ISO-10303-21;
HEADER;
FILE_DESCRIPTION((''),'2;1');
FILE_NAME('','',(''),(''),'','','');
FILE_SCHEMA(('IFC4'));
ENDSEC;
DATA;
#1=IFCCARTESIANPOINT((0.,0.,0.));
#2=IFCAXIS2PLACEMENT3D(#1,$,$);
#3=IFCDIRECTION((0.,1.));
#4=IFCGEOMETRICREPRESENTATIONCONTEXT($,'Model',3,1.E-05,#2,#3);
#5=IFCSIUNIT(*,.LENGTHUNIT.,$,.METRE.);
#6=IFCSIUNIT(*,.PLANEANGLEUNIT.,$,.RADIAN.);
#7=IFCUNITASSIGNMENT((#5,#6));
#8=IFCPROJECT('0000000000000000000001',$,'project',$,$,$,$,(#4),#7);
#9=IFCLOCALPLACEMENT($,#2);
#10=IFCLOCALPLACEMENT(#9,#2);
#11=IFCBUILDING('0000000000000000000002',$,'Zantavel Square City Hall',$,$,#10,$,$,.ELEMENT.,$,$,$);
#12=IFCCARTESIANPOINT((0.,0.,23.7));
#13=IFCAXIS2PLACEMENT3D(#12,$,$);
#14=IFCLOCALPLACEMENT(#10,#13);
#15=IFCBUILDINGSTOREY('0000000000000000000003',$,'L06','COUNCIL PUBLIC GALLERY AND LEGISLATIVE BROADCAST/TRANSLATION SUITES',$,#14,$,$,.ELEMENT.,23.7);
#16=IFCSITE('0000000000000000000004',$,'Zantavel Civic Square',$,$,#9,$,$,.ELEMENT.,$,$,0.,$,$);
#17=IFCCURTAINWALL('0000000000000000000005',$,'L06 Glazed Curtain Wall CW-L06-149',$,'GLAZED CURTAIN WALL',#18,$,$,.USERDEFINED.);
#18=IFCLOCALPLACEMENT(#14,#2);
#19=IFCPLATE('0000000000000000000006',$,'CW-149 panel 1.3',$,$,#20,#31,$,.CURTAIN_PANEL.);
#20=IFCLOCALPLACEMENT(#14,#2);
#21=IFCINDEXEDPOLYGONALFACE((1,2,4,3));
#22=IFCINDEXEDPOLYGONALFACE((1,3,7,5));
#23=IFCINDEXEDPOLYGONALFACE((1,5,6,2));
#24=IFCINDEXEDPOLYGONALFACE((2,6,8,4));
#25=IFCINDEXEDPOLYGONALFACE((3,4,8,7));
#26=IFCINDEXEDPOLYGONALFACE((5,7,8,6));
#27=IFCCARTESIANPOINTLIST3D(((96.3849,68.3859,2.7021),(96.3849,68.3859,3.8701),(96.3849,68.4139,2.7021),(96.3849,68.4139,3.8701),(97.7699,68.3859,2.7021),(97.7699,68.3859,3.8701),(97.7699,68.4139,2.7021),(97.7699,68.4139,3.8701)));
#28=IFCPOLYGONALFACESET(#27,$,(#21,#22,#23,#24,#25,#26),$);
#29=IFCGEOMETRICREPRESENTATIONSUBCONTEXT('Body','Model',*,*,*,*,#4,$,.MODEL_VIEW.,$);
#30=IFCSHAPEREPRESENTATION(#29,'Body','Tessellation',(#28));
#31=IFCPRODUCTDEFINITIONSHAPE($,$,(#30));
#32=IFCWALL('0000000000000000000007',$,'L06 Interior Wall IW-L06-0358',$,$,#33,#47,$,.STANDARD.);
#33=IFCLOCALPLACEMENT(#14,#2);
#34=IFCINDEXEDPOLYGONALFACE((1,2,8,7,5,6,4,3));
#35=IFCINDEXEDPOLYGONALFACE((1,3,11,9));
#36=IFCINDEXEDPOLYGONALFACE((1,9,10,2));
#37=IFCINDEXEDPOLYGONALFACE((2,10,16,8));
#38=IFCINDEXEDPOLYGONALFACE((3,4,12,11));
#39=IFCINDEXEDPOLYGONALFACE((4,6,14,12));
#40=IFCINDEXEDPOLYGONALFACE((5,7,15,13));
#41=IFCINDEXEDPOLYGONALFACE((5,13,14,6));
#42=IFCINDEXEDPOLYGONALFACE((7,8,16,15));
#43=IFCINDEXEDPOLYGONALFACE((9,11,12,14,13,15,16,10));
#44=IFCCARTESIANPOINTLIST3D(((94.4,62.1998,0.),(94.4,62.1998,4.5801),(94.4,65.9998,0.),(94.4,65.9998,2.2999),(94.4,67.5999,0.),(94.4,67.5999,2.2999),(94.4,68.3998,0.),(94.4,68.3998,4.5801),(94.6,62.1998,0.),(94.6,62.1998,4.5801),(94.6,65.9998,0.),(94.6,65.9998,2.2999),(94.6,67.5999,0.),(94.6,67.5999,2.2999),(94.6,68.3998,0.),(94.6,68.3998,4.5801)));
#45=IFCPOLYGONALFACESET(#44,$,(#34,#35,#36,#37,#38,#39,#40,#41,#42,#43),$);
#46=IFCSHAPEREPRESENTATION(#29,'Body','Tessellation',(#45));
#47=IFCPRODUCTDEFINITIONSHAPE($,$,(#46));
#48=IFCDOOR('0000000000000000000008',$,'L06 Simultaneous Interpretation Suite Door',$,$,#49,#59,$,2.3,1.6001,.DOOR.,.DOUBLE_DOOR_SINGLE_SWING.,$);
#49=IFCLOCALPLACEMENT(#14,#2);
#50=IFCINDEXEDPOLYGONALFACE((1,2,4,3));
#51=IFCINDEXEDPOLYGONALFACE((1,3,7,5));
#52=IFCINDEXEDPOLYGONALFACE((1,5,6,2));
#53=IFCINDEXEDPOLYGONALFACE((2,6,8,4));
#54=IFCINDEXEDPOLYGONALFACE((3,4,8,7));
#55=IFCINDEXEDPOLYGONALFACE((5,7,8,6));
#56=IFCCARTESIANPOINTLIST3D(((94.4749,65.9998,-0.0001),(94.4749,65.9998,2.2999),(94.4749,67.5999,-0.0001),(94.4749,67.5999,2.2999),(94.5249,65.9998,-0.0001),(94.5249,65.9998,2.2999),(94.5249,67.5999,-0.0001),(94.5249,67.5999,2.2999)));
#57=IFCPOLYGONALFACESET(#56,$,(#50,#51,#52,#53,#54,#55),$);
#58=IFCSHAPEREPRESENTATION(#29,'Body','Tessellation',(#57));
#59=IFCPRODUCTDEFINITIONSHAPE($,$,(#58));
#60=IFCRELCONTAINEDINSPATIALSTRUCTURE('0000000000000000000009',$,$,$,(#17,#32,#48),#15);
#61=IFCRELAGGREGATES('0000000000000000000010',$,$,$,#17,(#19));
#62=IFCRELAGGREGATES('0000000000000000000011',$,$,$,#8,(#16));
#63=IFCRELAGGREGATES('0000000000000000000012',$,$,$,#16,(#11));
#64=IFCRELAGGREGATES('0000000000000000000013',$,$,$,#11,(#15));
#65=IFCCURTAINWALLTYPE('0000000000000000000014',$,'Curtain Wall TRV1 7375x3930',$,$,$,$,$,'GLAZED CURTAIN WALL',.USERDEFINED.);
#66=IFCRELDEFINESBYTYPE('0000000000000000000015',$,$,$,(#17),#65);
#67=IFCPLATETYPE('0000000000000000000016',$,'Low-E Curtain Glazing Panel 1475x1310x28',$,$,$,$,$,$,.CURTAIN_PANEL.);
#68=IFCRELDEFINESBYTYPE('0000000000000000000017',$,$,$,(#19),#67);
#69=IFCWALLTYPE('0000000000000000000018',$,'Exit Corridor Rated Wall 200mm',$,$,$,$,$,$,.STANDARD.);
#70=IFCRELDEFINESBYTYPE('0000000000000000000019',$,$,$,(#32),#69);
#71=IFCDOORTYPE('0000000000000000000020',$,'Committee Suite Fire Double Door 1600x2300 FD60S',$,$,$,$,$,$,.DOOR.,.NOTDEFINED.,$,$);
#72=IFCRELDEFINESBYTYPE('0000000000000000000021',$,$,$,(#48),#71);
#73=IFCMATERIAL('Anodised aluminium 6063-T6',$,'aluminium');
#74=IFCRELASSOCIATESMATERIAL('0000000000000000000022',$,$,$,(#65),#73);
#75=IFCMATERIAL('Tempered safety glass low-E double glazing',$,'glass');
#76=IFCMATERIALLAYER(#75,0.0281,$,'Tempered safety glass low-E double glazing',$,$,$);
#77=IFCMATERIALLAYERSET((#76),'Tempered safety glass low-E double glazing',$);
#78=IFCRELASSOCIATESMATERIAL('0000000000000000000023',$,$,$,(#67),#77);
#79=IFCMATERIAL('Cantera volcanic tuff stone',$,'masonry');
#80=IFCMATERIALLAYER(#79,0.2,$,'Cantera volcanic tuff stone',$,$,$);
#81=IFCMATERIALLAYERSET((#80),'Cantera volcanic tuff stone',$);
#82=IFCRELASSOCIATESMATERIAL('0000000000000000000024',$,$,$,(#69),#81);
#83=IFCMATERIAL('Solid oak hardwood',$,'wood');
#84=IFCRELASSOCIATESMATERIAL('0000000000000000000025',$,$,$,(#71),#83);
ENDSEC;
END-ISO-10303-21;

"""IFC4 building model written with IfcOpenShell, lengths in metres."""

from ifc_helpers import new_model, si_unit, direction, frame, frame_2d, origin, origin_2d, place, context, subcontext, project, spatial, rectangle, extrude, material, layer, layer_set, type_object, element, fill, aggregate, save


model = new_model("IFC4")

# Units and contexts
model_context = context("Model", 3, precision=1e-05, world=origin(), true_north=direction((0.0, 1.0)))
body_context = subcontext(model_context, "Body", "Model", "MODEL_VIEW")
ifc_project = project(units=[si_unit("LENGTHUNIT", "METRE"), si_unit("PLANEANGLEUNIT", "RADIAN")], contexts=[model_context])

# Site, building, storey
site_placement = place(None, origin())
site = spatial("IfcSite", under=ifc_project, at=site_placement, Name="Zantavel Civic Square", CompositionType="ELEMENT", RefElevation=0.0)
building_placement = place(site_placement, origin())
building = spatial("IfcBuilding", under=site, at=building_placement, Name="Zantavel Square City Hall", CompositionType="ELEMENT")
storey_placement = place(building_placement, frame((0.0, 0.0, 23.7)))
storey = spatial("IfcBuildingStorey", under=building, at=storey_placement, Name="L06", Description="COUNCIL PUBLIC GALLERY AND LEGISLATIVE BROADCAST/TRANSLATION SUITES", CompositionType="ELEMENT", Elevation=23.7)

# Curtain wall
ifc_material_1 = material(Name="Anodised aluminium 6063-T6", Category="aluminium")
curtain_wall_type = type_object("IfcCurtainWallType", Name="Curtain Wall TRV1 7375x3930", ElementType="GLAZED CURTAIN WALL", PredefinedType="USERDEFINED", material=ifc_material_1)
curtain_wall_1_placement = place(storey_placement, origin())
curtain_wall_1 = element("IfcCurtainWall", 1, at=curtain_wall_1_placement, inside=storey, type_object=curtain_wall_type, Name="L06 Glazed Curtain Wall CW-L06-149", ObjectType="GLAZED CURTAIN WALL", PredefinedType="USERDEFINED")

# Plate
ifc_material_2 = material(Name="Tempered safety glass low-E double glazing", Category="glass")
ifc_layer_1 = layer(ifc_material_2, 0.0281, Name="Tempered safety glass low-E double glazing")
ifc_layer_set_1 = layer_set([ifc_layer_1], Name="Tempered safety glass low-E double glazing")
plate_type = type_object("IfcPlateType", Name="Low-E Curtain Glazing Panel 1475x1310x28", PredefinedType="CURTAIN_PANEL", material=ifc_layer_set_1)
plate_1_placement = place(storey_placement, frame((97.0774, 68.3999, 2.7021), z_axis=(0.0, 0.0, 1.0), x_axis=(1.0, 0.0, 0.0)))
plate_1 = element("IfcPlate", 2, at=plate_1_placement, type_object=plate_type, Name="CW-149 panel 1.3", PredefinedType="CURTAIN_PANEL", context=body_context, shape_type="SweptSolid", body=[
    extrude(rectangle(XDim=1.385, YDim=0.0281, at=origin_2d()), origin(), (0.0, 0.0, 1.0), 1.168),
])
aggregate(curtain_wall_1, [plate_1])

# Wall, opening, door
ifc_material_3 = material(Name="Cantera volcanic tuff stone", Category="masonry")
ifc_layer_2 = layer(ifc_material_3, 0.2, Name="Cantera volcanic tuff stone")
ifc_layer_set_2 = layer_set([ifc_layer_2], Name="Cantera volcanic tuff stone")
wall_type = type_object("IfcWallType", Name="Exit Corridor Rated Wall 200mm", PredefinedType="STANDARD", material=ifc_layer_set_2)
wall_placement = place(storey_placement, frame((94.5, 68.3999, 0.0), z_axis=(0.0, 0.0, 1.0), x_axis=(0.0, -1.0, 0.0)))
wall = element("IfcWall", 3, at=wall_placement, inside=storey, type_object=wall_type, Name="L06 Interior Wall IW-L06-0358", PredefinedType="STANDARD", context=body_context, shape_type="SweptSolid", body=[
    extrude(rectangle(XDim=6.2, YDim=0.2, at=frame_2d((3.1001, 0.0))), origin(), (0.0, 0.0, 1.0), 4.5801),
])
opening_placement = place(wall_placement, frame((0.8, 0.0, 0.0)))
opening = element("IfcOpeningElement", 4, at=opening_placement, cuts=wall, PredefinedType="OPENING", context=body_context, shape_type="SweptSolid", body=[
    extrude(rectangle(XDim=1.6001, YDim=2.3, at=frame_2d((0.8, 1.1499))), frame((0.0, 0.1099, 0.0), z_axis=(0.0, -1.0, 0.0), x_axis=(1.0, 0.0, 0.0)), (0.0, 0.0, 1.0), 0.22),
])
ifc_material_4 = material(Name="Solid oak hardwood", Category="wood")
door_type = type_object("IfcDoorType", Name="Committee Suite Fire Double Door 1600x2300 FD60S", OperationType="NOTDEFINED", PredefinedType="DOOR", material=ifc_material_4)
door_placement = place(opening_placement, origin())
door = element("IfcDoor", 5, at=door_placement, inside=storey, type_object=door_type, Name="L06 Simultaneous Interpretation Suite Door", OperationType="DOUBLE_DOOR_SINGLE_SWING", OverallHeight=2.3, OverallWidth=1.6001, PredefinedType="DOOR", context=body_context, shape_type="SweptSolid", body=[
    extrude(rectangle(XDim=1.6001, YDim=2.3, at=frame_2d((0.8, 1.1499))), frame((0.0, 0.0249, 0.0), z_axis=(0.0, -1.0, 0.0), x_axis=(1.0, 0.0, 0.0)), (0.0, 0.0, 1.0), 0.05),
])
fill(opening, door)

save(model, "model.ifc")
